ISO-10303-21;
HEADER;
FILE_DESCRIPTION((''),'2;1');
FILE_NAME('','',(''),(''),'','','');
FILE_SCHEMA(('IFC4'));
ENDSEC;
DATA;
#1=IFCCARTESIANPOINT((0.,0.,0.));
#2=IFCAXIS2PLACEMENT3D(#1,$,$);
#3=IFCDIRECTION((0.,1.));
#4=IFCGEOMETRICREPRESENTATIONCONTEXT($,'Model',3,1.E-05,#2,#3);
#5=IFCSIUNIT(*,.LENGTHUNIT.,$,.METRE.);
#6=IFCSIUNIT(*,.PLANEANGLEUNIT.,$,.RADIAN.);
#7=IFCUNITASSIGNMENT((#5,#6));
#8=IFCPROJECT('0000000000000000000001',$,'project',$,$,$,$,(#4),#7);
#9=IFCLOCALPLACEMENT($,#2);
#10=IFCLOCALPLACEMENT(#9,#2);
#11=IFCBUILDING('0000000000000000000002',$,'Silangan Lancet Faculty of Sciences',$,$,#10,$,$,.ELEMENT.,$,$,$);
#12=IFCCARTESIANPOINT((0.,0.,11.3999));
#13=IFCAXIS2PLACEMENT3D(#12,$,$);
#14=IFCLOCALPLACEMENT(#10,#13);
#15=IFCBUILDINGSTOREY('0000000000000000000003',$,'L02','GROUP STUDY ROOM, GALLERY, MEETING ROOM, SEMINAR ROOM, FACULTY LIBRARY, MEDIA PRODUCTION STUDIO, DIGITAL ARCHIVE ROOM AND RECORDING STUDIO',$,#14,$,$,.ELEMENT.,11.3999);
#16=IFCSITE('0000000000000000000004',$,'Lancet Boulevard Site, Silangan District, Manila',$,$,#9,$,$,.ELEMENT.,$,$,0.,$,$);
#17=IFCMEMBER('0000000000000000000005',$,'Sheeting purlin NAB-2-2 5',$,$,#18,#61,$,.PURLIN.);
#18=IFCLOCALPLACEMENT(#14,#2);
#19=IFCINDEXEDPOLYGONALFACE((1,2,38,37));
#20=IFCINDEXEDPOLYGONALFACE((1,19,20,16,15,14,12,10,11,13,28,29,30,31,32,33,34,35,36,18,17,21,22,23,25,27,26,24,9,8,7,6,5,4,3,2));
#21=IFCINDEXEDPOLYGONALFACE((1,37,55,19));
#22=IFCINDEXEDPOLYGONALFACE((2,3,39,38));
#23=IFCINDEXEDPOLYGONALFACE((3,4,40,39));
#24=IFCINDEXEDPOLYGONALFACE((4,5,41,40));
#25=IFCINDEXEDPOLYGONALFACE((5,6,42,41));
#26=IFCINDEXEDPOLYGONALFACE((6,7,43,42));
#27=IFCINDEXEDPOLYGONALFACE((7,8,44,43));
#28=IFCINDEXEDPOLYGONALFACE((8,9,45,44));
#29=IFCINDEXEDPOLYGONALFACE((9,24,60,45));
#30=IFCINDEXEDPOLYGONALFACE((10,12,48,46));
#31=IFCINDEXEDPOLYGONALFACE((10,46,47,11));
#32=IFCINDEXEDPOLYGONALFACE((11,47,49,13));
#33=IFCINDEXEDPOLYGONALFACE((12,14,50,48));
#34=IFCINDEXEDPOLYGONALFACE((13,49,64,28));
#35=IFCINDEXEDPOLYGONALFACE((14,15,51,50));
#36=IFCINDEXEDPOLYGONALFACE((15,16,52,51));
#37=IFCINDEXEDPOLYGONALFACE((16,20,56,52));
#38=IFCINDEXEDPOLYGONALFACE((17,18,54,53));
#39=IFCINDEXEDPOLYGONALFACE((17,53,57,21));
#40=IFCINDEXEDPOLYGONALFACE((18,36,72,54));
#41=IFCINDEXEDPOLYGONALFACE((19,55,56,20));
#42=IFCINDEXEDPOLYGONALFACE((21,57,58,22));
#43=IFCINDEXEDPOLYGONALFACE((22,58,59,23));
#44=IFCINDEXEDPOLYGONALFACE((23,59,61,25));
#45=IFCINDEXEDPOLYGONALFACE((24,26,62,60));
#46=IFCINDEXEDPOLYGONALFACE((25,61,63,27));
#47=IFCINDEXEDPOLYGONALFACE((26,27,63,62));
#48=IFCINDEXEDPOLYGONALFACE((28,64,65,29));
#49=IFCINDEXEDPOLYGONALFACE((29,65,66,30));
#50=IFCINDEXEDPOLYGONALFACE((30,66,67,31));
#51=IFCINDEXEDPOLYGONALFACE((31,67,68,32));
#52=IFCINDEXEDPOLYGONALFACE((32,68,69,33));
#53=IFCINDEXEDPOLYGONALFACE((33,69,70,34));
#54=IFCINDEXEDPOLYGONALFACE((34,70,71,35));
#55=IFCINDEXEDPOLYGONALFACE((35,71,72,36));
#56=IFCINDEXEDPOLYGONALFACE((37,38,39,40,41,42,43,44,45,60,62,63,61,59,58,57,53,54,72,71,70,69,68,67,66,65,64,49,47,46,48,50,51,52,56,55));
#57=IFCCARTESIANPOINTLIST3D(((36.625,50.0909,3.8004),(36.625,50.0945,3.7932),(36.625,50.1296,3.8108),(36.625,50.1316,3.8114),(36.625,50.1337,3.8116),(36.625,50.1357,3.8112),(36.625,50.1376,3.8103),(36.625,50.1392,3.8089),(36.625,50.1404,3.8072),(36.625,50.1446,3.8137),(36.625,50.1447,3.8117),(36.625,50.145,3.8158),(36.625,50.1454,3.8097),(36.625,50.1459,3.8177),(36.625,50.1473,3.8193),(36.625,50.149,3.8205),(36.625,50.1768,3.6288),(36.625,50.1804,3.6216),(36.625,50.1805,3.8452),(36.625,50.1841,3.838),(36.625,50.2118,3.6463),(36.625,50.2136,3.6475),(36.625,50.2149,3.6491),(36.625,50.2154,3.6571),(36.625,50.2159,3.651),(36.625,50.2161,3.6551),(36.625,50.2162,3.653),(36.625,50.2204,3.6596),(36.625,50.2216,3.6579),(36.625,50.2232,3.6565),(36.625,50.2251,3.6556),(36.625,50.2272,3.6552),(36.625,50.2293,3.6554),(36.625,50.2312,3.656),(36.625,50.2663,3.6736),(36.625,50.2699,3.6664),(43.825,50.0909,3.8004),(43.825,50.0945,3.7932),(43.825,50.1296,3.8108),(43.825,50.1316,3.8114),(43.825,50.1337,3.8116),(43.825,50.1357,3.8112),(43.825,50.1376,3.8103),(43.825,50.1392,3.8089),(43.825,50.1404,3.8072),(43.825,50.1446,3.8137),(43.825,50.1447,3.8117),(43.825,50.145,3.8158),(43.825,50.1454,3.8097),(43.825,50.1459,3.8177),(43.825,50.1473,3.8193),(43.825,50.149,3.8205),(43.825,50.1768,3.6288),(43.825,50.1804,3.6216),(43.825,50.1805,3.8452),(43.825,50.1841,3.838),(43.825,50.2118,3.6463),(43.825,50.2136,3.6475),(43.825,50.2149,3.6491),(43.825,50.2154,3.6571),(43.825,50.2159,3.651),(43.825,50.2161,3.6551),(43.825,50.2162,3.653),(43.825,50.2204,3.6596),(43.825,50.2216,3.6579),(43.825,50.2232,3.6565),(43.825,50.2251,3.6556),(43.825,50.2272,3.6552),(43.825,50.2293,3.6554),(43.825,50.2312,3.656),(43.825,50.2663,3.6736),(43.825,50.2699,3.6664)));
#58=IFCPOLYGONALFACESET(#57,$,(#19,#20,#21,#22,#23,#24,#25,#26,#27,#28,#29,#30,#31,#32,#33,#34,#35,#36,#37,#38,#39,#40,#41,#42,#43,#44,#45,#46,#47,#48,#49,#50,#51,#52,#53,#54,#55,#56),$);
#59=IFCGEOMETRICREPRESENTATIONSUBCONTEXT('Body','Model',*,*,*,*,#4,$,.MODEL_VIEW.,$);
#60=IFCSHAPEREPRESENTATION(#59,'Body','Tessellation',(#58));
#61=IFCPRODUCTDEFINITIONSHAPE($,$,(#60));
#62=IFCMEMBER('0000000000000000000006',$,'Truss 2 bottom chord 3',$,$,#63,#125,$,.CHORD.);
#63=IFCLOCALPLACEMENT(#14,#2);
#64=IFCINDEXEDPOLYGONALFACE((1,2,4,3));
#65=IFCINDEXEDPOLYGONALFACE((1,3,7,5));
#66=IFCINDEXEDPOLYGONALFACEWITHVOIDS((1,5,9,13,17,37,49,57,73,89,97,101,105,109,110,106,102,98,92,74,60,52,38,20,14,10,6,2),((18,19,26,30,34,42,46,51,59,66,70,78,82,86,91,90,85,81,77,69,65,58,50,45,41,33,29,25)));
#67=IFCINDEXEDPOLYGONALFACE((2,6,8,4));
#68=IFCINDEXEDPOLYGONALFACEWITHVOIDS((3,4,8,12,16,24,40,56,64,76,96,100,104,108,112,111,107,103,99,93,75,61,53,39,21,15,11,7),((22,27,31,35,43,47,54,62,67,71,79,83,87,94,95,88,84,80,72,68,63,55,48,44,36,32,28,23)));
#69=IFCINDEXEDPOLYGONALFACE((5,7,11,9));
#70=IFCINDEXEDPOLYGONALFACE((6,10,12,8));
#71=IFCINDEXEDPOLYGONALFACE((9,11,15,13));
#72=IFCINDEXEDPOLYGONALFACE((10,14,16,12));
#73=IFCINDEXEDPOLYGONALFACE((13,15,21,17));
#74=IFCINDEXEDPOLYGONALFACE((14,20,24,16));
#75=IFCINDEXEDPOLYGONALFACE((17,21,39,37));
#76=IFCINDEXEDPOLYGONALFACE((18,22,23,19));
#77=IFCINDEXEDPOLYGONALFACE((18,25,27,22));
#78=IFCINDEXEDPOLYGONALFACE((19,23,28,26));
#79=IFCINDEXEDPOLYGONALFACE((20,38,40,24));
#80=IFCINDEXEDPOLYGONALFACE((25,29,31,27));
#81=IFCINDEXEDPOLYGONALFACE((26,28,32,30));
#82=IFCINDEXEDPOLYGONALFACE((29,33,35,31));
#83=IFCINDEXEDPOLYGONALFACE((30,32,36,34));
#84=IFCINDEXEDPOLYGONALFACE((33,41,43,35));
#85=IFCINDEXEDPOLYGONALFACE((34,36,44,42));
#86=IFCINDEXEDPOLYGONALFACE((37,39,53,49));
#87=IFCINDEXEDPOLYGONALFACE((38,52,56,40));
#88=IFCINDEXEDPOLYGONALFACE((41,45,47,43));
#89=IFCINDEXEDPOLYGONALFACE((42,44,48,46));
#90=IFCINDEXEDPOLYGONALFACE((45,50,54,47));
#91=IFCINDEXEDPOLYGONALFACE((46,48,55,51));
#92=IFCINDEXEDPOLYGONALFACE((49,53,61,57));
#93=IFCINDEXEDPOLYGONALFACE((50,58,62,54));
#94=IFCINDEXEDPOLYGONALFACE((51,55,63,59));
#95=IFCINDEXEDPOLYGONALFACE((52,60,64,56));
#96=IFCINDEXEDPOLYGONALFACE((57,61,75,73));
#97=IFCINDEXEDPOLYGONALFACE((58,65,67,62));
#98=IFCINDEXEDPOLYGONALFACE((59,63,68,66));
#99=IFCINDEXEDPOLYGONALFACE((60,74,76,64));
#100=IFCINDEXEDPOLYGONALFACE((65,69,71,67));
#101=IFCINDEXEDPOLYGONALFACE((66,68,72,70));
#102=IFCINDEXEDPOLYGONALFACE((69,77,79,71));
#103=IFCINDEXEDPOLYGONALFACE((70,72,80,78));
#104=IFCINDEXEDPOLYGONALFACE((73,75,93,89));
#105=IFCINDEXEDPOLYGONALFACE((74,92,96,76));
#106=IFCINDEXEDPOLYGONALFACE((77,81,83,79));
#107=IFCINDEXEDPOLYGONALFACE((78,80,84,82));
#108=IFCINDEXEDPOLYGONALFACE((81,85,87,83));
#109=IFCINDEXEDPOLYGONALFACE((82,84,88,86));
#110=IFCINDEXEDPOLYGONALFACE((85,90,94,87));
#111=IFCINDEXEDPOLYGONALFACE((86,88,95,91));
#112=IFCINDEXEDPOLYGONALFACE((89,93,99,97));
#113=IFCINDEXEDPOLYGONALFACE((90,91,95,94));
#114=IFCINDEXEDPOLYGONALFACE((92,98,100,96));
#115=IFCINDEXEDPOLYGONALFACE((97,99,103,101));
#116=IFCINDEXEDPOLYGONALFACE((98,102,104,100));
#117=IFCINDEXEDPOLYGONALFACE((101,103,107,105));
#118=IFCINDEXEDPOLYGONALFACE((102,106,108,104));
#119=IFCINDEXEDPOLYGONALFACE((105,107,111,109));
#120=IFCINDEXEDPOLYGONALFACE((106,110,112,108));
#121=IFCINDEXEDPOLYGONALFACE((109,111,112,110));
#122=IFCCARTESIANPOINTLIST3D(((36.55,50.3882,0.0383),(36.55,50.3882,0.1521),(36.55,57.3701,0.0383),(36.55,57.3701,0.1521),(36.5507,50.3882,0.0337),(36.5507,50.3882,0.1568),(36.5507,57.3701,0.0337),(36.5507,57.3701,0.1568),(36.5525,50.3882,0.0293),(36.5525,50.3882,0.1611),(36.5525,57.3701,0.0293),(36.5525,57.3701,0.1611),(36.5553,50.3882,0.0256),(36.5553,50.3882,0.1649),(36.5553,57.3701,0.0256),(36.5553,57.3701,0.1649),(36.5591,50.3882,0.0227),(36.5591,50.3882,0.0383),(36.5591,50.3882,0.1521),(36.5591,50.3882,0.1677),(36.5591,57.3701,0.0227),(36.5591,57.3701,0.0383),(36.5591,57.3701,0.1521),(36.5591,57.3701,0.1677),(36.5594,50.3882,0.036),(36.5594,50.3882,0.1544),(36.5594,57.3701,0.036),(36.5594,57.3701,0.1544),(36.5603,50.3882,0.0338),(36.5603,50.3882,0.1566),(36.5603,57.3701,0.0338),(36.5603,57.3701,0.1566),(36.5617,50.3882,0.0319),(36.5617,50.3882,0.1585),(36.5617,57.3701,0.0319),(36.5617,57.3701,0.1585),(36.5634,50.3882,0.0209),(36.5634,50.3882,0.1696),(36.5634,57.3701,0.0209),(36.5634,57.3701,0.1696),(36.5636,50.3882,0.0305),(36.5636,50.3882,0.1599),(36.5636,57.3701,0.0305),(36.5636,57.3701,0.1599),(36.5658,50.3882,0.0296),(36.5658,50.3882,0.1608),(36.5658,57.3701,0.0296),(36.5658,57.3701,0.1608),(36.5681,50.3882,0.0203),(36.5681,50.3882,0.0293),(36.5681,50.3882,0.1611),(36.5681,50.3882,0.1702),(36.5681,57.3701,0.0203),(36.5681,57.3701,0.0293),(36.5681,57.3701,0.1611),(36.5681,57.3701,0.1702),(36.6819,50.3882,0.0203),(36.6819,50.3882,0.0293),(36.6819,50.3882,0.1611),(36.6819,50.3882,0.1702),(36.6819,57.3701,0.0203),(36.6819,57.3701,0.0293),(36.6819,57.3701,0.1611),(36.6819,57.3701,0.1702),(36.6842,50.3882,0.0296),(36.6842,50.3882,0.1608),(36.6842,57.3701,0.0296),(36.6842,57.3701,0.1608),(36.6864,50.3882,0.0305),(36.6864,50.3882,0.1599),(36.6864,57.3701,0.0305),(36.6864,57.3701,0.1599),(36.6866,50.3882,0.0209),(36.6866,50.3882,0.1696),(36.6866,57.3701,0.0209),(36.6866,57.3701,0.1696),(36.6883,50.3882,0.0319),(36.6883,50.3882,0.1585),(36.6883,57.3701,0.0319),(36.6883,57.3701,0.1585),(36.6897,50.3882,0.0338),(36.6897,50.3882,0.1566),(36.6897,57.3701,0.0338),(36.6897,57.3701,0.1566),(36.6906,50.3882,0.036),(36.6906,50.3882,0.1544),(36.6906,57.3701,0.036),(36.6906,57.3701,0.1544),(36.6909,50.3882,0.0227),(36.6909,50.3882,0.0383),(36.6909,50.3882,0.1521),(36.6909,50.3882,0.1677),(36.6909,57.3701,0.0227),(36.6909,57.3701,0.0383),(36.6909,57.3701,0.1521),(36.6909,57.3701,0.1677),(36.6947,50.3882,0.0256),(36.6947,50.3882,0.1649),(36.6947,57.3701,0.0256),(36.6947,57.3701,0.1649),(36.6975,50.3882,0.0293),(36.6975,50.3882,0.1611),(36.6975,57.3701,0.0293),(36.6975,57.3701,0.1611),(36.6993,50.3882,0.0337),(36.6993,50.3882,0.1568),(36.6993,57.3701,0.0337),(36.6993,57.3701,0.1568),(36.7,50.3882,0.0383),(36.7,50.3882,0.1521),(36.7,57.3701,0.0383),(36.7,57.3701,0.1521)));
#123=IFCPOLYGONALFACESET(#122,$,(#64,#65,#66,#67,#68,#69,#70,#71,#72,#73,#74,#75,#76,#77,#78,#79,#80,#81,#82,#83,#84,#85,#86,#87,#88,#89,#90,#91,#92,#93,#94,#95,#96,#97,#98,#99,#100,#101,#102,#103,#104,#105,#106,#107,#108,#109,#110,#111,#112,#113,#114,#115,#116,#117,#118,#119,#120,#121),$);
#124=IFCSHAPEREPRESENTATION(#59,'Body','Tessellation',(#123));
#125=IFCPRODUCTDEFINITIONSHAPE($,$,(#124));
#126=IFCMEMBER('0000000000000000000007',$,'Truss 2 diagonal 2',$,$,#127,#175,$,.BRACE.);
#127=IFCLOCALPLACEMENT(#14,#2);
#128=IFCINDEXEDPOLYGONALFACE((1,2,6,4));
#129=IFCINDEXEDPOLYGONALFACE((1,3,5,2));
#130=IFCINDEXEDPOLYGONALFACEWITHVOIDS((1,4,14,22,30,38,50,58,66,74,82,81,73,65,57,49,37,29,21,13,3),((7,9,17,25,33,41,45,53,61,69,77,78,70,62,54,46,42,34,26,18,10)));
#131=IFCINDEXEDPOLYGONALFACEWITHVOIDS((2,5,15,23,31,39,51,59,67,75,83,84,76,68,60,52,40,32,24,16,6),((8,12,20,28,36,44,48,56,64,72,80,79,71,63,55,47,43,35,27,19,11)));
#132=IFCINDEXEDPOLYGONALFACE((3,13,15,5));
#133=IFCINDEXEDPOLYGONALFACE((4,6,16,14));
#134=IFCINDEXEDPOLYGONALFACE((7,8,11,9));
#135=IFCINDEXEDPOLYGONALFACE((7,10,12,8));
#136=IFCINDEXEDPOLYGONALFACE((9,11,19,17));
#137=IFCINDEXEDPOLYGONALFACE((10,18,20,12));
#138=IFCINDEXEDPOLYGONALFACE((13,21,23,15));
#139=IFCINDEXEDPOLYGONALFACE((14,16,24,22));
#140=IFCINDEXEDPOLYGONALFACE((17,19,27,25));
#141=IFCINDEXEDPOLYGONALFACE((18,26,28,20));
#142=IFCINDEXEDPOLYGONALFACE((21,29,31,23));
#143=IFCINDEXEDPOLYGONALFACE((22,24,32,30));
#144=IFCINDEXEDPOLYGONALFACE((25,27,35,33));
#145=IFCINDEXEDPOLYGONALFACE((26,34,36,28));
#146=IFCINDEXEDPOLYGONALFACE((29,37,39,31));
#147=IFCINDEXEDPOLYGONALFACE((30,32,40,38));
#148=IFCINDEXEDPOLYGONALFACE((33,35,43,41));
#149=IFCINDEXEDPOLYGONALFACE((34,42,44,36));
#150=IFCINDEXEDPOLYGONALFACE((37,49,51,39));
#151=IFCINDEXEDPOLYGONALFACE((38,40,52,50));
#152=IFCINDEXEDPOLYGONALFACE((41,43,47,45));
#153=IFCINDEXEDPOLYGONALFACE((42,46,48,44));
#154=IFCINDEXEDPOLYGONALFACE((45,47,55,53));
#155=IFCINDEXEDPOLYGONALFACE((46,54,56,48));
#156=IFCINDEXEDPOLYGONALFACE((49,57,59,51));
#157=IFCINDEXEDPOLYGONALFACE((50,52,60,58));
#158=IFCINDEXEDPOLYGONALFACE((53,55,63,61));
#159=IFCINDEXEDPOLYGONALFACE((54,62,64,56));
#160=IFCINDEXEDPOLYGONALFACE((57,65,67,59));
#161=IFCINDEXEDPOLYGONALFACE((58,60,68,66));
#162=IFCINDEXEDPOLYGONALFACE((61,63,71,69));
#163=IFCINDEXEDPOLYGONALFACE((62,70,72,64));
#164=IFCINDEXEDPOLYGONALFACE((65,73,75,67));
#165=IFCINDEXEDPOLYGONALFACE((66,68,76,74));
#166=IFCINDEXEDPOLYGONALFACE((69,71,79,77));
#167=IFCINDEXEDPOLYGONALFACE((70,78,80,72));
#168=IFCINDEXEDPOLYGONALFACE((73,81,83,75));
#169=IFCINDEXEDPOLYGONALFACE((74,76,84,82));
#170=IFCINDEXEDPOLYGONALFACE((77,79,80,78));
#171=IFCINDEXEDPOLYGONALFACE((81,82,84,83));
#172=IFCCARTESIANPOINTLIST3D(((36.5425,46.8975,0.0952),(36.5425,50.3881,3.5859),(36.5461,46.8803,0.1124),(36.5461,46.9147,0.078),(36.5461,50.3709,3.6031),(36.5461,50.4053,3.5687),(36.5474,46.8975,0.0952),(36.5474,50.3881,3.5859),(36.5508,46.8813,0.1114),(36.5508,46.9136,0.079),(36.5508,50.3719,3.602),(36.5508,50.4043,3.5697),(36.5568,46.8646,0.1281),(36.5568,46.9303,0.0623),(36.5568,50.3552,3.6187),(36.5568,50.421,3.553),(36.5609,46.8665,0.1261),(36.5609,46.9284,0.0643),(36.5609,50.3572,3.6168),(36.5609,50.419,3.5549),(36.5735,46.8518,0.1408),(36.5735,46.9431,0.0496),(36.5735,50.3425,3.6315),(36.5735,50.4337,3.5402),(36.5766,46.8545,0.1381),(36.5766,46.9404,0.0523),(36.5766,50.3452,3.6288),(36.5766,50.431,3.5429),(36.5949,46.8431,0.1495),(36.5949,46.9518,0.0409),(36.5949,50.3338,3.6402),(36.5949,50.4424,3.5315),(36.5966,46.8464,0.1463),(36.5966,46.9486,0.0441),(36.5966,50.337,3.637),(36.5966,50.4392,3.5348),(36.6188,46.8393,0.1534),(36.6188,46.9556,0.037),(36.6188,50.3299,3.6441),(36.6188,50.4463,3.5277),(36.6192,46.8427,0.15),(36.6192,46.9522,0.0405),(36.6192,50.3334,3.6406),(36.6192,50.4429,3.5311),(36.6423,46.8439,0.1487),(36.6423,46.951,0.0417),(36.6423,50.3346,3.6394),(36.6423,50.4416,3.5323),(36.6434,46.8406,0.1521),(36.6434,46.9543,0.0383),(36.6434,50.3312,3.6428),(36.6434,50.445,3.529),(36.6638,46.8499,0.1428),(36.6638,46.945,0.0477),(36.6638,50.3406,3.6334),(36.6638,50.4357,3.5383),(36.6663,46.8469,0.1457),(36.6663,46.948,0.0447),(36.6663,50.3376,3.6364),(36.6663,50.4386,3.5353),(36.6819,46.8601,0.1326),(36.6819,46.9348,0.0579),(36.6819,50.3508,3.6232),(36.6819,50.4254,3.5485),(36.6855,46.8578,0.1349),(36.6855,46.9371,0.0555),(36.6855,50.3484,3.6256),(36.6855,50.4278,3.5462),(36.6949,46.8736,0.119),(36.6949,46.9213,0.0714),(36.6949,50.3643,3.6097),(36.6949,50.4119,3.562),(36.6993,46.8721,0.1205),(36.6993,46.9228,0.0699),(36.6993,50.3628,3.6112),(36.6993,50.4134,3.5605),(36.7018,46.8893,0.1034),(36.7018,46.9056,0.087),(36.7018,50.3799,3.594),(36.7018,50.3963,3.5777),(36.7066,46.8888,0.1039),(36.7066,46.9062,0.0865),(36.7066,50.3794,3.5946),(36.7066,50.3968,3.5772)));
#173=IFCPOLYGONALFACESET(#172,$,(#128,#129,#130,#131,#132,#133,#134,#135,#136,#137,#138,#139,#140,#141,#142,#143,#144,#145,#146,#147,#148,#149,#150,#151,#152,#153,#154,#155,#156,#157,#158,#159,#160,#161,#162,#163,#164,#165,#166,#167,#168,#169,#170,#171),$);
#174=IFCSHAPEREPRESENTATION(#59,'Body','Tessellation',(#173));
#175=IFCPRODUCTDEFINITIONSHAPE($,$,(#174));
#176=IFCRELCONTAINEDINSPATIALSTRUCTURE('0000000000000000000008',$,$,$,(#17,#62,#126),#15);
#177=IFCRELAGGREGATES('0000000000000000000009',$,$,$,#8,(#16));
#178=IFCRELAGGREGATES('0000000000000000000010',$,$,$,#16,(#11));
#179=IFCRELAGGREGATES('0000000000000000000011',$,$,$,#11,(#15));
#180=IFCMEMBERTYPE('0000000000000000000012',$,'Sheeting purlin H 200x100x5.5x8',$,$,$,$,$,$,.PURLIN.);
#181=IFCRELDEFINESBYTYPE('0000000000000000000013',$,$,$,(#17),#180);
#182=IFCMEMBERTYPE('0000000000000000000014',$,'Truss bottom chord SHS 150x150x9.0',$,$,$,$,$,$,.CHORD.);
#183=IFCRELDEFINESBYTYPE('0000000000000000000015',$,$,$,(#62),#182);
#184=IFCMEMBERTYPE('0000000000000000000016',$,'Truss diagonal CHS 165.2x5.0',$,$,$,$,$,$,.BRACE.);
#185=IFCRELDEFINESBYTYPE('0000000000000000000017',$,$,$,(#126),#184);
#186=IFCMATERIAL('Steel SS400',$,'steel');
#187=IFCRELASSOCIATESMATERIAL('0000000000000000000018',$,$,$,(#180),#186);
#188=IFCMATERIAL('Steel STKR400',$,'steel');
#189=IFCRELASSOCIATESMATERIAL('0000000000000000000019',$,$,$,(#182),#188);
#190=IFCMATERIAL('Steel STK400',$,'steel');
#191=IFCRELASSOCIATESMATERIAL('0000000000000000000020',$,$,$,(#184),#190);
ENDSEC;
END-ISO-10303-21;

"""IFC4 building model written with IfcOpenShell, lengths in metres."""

from ifc_helpers import new_model, si_unit, direction, frame, origin, origin_2d, place, context, subcontext, project, spatial, hollow_rectangle, hollow_circle, i_section, extrude, material, material_profile, profile_set, type_object, element, save


model = new_model("IFC4")

# Units and contexts
model_context = context("Model", 3, precision=1e-05, world=origin(), true_north=direction((0.0, 1.0)))
body_context = subcontext(model_context, "Body", "Model", "MODEL_VIEW")
ifc_project = project(units=[si_unit("LENGTHUNIT", "METRE"), si_unit("PLANEANGLEUNIT", "RADIAN")], contexts=[model_context])

# Site, building, storey
site_placement = place(None, origin())
site = spatial("IfcSite", under=ifc_project, at=site_placement, Name="Lancet Boulevard Site, Silangan District, Manila", CompositionType="ELEMENT", RefElevation=0.0)
building_placement = place(site_placement, origin())
building = spatial("IfcBuilding", under=site, at=building_placement, Name="Silangan Lancet Faculty of Sciences", CompositionType="ELEMENT")
storey_placement = place(building_placement, frame((0.0, 0.0, 11.3999)))
storey = spatial("IfcBuildingStorey", under=building, at=storey_placement, Name="L02", Description="GROUP STUDY ROOM, GALLERY, MEETING ROOM, SEMINAR ROOM, FACULTY LIBRARY, MEDIA PRODUCTION STUDIO, DIGITAL ARCHIVE ROOM AND RECORDING STUDIO", CompositionType="ELEMENT", Elevation=11.3999)

# Members
ifc_material_1 = material(Name="Steel SS400", Category="steel")
ifc_material_profile_1 = material_profile(ifc_material_1, i_section(OverallWidth=0.1001, OverallDepth=0.2, WebThickness=0.0056, FlangeThickness=0.0081, FilletRadius=0.0081, at=origin_2d()), Name="H 200x100x5.5x8")
ifc_profile_set_1 = profile_set([ifc_material_profile_1], Name="Steel SS400")
member_type_1 = type_object("IfcMemberType", Name="Sheeting purlin H 200x100x5.5x8", PredefinedType="PURLIN", material=ifc_profile_set_1)
for number, where, z_axis, x_axis, name in (
    (1, (36.625, 50.1804, 3.7334), (1.0, 0.0, 0.0), (0.0, 0.894427, 0.447214), "Sheeting purlin NAB-2-2 5"),
):
    element("IfcMember", number, at=place(storey_placement, frame(where, z_axis=z_axis, x_axis=x_axis)), inside=storey, type_object=member_type_1, Name=name, PredefinedType="PURLIN", context=body_context, shape_type="SweptSolid", body=[
        extrude(i_section(OverallWidth=0.1001, OverallDepth=0.2, WebThickness=0.0056, FlangeThickness=0.0081, FilletRadius=0.0081, at=origin_2d()), origin(), (0.0, 0.0, 1.0), 7.2),
    ])
ifc_material_2 = material(Name="Steel STKR400", Category="steel")
ifc_material_profile_2 = material_profile(ifc_material_2, hollow_rectangle(XDim=0.1499, YDim=0.1499, WallThickness=0.009, InnerFilletRadius=0.009, OuterFilletRadius=0.0181, at=origin_2d()), Name="SHS 150x150x9.0")
ifc_profile_set_2 = profile_set([ifc_material_profile_2], Name="Steel STKR400")
member_type_2 = type_object("IfcMemberType", Name="Truss bottom chord SHS 150x150x9.0", PredefinedType="CHORD", material=ifc_profile_set_2)
member_1_placement = place(storey_placement, frame((36.625, 50.3882, 0.0952), z_axis=(0.0, 1.0, 0.0), x_axis=(-1.0, 0.0, 0.0)))
element("IfcMember", 2, at=member_1_placement, inside=storey, type_object=member_type_2, Name="Truss 2 bottom chord 3", PredefinedType="CHORD", context=body_context, shape_type="SweptSolid", body=[
    extrude(hollow_rectangle(XDim=0.1499, YDim=0.1499, WallThickness=0.009, InnerFilletRadius=0.009, OuterFilletRadius=0.0181, at=origin_2d()), origin(), (0.0, 0.0, 1.0), 6.9819),
])
ifc_material_3 = material(Name="Steel STK400", Category="steel")
ifc_material_profile_3 = material_profile(ifc_material_3, hollow_circle(Radius=0.0825, WallThickness=0.0049, at=origin_2d()), Name="CHS 165.2x5.0")
ifc_profile_set_3 = profile_set([ifc_material_profile_3], Name="Steel STK400")
member_type_3 = type_object("IfcMemberType", Name="Truss diagonal CHS 165.2x5.0", PredefinedType="BRACE", material=ifc_profile_set_3)
member_2_placement = place(storey_placement, frame((36.625, 46.8975, 0.0952), z_axis=(0.0, 0.707107, 0.707107), x_axis=(-1.0, 0.0, 0.0)))
element("IfcMember", 3, at=member_2_placement, inside=storey, type_object=member_type_3, Name="Truss 2 diagonal 2", PredefinedType="BRACE", context=body_context, shape_type="SweptSolid", body=[
    extrude(hollow_circle(Radius=0.0825, WallThickness=0.0049, at=origin_2d()), origin(), (0.0, 0.0, 1.0), 4.9365),
])

save(model, "model.ifc")
